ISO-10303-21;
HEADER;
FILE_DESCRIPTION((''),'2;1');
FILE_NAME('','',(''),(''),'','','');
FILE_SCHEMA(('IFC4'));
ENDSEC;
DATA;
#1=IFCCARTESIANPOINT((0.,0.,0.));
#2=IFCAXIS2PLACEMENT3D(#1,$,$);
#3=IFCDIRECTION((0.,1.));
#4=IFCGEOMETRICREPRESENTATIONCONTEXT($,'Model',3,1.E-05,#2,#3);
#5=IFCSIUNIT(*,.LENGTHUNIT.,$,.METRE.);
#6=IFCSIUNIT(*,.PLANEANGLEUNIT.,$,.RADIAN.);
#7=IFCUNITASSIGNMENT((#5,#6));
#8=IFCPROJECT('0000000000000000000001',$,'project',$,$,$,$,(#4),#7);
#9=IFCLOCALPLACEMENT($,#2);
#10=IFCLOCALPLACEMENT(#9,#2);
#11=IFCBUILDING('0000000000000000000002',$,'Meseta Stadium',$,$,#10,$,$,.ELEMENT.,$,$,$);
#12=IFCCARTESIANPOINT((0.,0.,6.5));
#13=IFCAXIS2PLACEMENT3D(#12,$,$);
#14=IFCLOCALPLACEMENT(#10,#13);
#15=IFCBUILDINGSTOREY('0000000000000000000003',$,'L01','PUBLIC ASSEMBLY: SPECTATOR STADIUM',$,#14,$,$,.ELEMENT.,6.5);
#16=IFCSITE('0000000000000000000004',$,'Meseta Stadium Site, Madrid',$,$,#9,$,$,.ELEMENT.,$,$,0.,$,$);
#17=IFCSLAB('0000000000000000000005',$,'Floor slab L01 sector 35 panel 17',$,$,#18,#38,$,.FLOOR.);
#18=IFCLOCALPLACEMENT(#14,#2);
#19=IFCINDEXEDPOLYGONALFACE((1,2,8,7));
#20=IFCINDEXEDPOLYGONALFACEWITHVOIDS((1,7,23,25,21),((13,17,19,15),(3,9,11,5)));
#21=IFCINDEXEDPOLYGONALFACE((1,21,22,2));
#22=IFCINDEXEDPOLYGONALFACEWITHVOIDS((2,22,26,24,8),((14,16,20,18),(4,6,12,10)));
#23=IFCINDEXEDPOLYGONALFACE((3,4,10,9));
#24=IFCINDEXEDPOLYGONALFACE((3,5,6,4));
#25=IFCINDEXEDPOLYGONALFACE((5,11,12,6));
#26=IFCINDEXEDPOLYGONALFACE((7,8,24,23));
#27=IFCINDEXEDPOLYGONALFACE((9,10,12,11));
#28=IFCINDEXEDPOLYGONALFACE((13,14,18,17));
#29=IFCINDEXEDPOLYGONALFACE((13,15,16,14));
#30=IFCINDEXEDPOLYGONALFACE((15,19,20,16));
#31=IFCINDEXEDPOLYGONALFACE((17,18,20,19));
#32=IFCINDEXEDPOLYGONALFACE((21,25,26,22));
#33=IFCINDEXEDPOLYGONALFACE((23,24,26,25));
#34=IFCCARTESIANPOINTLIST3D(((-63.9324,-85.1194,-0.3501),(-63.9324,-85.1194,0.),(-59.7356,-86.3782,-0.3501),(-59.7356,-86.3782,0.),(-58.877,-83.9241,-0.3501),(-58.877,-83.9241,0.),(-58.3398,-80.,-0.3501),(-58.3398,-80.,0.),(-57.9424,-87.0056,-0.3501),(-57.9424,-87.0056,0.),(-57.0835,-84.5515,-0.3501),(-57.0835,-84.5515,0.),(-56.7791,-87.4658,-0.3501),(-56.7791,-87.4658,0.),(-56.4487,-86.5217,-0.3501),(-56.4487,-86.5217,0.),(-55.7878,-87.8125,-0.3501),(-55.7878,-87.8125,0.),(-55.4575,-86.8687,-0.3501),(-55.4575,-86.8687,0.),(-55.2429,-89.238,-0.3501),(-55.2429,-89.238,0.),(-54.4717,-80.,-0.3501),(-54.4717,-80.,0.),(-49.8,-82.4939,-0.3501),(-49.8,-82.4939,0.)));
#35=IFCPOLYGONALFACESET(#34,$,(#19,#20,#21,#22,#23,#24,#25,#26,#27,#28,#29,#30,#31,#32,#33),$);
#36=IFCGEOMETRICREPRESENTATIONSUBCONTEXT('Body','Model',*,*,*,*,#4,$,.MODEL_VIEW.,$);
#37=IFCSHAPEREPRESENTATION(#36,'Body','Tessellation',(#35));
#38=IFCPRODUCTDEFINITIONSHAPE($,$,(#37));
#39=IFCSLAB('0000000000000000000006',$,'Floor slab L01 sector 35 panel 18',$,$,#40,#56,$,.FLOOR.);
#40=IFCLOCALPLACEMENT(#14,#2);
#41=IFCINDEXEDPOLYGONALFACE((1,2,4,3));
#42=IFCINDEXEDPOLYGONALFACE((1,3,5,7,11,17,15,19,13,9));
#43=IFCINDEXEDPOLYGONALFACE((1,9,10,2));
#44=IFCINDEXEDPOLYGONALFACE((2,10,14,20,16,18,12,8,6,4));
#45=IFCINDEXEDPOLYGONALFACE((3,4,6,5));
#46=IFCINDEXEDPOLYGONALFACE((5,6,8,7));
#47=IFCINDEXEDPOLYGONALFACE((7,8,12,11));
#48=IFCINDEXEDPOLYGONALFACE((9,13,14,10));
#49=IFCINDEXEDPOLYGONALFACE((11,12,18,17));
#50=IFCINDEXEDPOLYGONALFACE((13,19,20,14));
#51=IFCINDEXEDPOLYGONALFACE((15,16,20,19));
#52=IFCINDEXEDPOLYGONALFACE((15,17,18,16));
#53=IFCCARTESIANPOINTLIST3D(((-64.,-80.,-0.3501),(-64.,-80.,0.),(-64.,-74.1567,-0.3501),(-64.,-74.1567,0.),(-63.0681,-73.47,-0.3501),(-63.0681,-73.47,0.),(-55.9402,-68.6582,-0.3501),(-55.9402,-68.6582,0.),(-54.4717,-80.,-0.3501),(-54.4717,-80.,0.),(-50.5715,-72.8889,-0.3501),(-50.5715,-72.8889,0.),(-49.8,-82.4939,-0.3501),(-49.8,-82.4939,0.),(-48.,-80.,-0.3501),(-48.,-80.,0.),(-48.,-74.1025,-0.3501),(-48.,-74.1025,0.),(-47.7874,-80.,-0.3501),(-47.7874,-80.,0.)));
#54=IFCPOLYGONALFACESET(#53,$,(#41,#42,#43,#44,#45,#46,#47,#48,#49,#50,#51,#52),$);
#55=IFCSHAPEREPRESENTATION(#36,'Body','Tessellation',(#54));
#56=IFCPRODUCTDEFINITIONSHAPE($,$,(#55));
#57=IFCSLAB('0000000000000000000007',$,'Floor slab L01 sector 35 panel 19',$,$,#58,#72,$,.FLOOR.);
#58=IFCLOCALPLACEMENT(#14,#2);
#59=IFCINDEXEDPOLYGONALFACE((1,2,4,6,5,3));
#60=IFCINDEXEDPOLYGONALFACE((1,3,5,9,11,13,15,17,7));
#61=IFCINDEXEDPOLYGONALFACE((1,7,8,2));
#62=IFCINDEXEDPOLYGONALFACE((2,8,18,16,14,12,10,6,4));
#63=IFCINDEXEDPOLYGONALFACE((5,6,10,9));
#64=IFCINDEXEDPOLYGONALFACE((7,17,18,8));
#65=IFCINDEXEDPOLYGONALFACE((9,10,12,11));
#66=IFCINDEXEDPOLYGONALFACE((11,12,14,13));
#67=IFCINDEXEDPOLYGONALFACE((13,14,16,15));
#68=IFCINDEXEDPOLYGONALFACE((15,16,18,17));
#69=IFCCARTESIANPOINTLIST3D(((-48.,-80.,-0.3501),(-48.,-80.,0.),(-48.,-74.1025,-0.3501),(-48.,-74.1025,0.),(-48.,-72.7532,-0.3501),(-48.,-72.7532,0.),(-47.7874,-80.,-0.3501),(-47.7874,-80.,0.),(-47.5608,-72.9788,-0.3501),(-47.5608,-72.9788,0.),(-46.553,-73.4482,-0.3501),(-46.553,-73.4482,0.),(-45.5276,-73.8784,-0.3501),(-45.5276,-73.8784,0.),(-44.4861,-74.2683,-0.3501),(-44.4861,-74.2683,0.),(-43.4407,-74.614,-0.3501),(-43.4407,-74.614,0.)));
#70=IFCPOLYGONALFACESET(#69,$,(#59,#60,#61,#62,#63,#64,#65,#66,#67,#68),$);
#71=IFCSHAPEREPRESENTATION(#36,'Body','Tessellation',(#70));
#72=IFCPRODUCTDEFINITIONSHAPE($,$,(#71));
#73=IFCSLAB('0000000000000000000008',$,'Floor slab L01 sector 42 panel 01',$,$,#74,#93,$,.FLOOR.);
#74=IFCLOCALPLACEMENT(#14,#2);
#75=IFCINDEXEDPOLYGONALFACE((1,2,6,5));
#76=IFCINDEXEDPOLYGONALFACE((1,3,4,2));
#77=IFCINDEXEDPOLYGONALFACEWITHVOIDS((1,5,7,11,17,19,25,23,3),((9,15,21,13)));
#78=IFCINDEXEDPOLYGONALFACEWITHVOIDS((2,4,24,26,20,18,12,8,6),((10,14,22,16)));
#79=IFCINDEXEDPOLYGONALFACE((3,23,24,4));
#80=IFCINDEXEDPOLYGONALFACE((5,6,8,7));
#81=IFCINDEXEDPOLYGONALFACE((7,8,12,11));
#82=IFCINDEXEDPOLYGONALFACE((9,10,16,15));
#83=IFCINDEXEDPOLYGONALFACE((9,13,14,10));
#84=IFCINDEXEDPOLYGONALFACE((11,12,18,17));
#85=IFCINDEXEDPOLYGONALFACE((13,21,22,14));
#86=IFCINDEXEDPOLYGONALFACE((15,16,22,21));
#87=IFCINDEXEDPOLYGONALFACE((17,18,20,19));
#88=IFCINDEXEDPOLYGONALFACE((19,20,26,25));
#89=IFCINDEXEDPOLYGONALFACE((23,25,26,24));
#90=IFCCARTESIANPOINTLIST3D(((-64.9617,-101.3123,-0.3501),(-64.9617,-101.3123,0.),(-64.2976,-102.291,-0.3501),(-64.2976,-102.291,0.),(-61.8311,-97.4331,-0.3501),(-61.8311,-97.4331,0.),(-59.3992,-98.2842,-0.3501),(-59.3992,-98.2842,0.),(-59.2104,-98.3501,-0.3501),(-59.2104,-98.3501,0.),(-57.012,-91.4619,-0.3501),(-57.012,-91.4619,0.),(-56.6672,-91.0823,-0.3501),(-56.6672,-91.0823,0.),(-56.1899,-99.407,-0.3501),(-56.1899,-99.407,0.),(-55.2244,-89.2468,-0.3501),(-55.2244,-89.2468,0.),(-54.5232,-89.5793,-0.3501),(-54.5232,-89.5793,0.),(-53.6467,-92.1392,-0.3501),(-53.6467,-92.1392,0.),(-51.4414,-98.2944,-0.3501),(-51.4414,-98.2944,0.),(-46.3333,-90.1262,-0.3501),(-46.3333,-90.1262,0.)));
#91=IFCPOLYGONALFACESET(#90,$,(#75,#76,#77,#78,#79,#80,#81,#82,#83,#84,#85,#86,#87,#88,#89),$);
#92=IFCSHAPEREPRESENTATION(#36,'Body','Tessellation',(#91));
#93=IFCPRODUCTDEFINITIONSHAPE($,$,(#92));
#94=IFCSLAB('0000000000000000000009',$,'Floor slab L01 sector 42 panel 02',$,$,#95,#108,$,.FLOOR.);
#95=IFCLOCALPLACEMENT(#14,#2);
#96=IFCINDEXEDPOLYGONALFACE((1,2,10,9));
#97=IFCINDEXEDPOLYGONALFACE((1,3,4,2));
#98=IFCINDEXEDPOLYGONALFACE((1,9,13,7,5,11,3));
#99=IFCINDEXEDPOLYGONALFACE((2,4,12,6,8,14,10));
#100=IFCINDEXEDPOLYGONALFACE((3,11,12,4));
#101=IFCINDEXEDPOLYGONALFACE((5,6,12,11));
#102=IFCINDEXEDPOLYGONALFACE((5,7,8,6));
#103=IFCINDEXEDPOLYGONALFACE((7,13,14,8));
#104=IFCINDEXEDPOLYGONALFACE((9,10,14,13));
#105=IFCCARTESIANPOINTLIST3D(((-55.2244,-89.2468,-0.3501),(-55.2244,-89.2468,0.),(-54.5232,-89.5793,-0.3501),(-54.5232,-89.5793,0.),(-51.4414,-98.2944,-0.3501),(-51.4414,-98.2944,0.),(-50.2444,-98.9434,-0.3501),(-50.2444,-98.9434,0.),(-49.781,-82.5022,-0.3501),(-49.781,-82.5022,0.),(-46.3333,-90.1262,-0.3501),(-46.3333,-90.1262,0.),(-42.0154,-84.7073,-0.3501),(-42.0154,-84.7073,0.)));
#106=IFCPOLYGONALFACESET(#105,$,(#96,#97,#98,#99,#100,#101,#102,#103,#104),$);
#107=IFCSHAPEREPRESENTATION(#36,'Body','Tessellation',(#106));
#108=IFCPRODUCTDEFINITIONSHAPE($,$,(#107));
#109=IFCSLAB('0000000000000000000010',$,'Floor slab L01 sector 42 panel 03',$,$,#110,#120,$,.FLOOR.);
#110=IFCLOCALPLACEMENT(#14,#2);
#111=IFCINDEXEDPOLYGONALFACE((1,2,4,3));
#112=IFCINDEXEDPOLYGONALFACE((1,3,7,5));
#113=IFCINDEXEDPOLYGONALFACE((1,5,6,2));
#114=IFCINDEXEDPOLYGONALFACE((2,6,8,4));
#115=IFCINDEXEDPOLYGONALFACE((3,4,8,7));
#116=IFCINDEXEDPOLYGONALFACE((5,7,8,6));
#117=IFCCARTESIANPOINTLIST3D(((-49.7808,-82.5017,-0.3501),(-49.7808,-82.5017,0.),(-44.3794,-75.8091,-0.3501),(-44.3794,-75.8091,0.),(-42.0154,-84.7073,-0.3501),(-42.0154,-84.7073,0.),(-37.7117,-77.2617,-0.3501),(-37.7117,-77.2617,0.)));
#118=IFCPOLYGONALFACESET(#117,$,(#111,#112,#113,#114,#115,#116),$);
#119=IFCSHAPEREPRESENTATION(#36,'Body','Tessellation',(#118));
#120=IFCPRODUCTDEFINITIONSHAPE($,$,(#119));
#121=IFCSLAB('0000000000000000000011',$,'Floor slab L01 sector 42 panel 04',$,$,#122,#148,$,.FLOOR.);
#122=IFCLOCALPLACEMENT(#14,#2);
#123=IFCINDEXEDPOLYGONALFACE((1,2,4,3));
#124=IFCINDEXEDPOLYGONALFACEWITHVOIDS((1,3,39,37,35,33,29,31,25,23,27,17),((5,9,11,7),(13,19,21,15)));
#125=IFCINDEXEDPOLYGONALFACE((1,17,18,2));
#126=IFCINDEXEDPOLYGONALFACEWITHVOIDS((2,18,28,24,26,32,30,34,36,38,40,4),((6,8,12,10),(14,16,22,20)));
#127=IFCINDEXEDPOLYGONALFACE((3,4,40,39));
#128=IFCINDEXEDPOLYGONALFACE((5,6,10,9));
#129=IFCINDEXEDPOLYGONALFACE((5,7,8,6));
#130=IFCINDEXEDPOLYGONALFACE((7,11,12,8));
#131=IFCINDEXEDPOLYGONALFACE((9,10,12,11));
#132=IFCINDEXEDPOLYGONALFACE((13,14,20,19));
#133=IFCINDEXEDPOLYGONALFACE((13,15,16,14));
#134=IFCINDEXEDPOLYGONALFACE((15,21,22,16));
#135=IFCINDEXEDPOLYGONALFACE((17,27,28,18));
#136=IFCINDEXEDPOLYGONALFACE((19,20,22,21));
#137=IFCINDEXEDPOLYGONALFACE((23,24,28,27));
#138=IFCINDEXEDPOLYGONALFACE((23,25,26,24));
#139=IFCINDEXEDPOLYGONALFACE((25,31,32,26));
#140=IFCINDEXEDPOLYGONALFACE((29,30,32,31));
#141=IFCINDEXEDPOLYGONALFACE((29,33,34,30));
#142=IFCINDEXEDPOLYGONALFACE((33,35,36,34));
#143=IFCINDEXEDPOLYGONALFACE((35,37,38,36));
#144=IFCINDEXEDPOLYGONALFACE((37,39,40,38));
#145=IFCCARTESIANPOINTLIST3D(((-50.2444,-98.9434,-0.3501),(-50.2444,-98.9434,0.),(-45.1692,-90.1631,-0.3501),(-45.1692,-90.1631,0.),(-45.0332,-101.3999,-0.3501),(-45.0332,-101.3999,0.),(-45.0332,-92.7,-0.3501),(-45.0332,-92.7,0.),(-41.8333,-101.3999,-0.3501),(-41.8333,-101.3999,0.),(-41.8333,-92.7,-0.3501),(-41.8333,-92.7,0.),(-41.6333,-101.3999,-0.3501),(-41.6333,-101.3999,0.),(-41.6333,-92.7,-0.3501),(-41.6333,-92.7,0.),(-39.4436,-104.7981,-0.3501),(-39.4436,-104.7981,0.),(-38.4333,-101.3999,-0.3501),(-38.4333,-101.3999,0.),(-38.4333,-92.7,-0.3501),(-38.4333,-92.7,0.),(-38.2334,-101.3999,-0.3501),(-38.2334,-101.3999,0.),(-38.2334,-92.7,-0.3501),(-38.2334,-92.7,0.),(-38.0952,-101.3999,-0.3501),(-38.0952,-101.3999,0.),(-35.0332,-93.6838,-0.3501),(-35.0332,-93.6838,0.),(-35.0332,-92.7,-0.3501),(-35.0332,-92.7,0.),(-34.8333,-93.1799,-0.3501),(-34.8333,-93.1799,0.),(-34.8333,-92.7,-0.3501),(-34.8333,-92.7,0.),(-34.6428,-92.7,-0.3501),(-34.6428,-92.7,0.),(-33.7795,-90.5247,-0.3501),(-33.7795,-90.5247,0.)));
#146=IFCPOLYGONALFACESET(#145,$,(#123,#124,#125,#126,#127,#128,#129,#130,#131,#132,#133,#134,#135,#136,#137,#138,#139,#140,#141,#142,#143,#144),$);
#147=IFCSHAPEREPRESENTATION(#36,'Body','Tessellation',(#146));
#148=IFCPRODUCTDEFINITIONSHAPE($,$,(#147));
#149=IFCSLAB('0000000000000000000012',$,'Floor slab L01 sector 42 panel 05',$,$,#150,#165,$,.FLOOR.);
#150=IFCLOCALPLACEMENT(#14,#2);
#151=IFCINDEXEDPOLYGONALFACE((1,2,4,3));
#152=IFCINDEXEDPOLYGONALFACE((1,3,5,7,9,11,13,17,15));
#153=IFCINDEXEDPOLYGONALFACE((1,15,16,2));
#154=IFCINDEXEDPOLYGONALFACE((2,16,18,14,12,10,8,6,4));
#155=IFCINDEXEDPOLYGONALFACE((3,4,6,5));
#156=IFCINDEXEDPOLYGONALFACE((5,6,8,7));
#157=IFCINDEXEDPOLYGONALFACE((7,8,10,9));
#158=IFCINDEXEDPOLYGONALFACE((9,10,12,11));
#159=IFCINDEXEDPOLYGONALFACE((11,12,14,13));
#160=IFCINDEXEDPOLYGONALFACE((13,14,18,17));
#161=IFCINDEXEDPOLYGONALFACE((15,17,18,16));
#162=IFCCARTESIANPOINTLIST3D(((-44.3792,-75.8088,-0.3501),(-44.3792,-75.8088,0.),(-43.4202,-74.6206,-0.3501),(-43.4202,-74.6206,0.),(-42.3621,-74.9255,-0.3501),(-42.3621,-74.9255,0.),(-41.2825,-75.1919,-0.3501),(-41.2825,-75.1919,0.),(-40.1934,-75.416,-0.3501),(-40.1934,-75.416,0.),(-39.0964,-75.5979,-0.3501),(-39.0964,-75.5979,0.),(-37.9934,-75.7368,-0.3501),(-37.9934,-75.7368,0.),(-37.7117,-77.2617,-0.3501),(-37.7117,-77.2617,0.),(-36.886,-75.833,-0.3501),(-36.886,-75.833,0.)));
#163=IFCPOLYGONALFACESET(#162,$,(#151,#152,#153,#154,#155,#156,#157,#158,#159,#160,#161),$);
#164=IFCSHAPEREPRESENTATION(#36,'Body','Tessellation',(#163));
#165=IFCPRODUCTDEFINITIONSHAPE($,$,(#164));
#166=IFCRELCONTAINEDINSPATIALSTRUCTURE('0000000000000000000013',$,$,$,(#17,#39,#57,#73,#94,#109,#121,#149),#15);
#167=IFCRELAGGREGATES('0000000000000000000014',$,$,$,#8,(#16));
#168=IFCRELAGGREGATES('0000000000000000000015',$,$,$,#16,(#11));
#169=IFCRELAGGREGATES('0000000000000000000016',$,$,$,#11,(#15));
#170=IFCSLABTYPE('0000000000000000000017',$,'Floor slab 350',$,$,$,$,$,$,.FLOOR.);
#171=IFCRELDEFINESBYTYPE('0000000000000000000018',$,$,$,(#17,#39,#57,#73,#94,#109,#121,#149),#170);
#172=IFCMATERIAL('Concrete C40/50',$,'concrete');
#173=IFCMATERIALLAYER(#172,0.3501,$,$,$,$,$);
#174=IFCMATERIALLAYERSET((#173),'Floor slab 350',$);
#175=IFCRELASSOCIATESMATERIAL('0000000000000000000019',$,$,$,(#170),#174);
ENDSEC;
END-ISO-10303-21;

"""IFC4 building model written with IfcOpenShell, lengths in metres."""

from ifc_helpers import new_model, si_unit, direction, frame, origin, place, context, subcontext, project, spatial, polyline, outline, extrude, material, layer, layer_set, type_object, element, save


model = new_model("IFC4")

# Units and contexts
model_context = context("Model", 3, precision=1e-05, world=origin(), true_north=direction((0.0, 1.0)))
body_context = subcontext(model_context, "Body", "Model", "MODEL_VIEW")
ifc_project = project(units=[si_unit("LENGTHUNIT", "METRE"), si_unit("PLANEANGLEUNIT", "RADIAN")], contexts=[model_context])

# Site, building, storey
site_placement = place(None, origin())
site = spatial("IfcSite", under=ifc_project, at=site_placement, Name="Meseta Stadium Site, Madrid", CompositionType="ELEMENT", RefElevation=0.0)
building_placement = place(site_placement, origin())
building = spatial("IfcBuilding", under=site, at=building_placement, Name="Meseta Stadium", CompositionType="ELEMENT")
storey_placement = place(building_placement, frame((0.0, 0.0, 6.5)))
storey = spatial("IfcBuildingStorey", under=building, at=storey_placement, Name="L01", Description="PUBLIC ASSEMBLY: SPECTATOR STADIUM", CompositionType="ELEMENT", Elevation=6.5)

# Slabs
ifc_material = material(Name="Concrete C40/50", Category="concrete")
ifc_layer = layer(ifc_material, 0.3501)
ifc_layer_set = layer_set([ifc_layer], Name="Floor slab 350")
slab_type = type_object("IfcSlabType", Name="Floor slab 350", PredefinedType="FLOOR", material=ifc_layer_set)
slab_1_placement = place(storey_placement, frame((0.0, 0.0, -0.3501)))
element("IfcSlab", 1, at=slab_1_placement, inside=storey, type_object=slab_type, Name="Floor slab L01 sector 35 panel 17", PredefinedType="FLOOR", context=body_context, shape_type="SweptSolid", body=[
    extrude(outline(polyline([(-63.9324, -85.1194), (-55.2429, -89.238), (-49.8, -82.4939), (-54.4717, -80.0), (-58.3398, -80.0), (-63.9324, -85.1194)]), holes=[polyline([(-58.877, -83.9241), (-57.0835, -84.5515), (-57.9424, -87.0056), (-59.7356, -86.3782), (-58.877, -83.9241)]), polyline([(-56.4487, -86.5217), (-55.4575, -86.8687), (-55.7878, -87.8125), (-56.7791, -87.4658), (-56.4487, -86.5217)])]), origin(), (0.0, 0.0, 1.0), 0.3501),
])
slab_2_placement = place(storey_placement, frame((0.0, 0.0, -0.3501)))
element("IfcSlab", 2, at=slab_2_placement, inside=storey, type_object=slab_type, Name="Floor slab L01 sector 35 panel 18", PredefinedType="FLOOR", context=body_context, shape_type="SweptSolid", body=[
    extrude(outline(polyline([(-49.8, -82.4939), (-47.7874, -80.0), (-48.0, -80.0), (-48.0, -74.1025), (-50.5715, -72.8889), (-55.9402, -68.6582), (-63.0681, -73.47), (-64.0, -74.1567), (-64.0, -80.0), (-54.4717, -80.0), (-49.8, -82.4939)])), origin(), (0.0, 0.0, 1.0), 0.3501),
])
slab_3_placement = place(storey_placement, frame((0.0, 0.0, -0.3501)))
element("IfcSlab", 3, at=slab_3_placement, inside=storey, type_object=slab_type, Name="Floor slab L01 sector 35 panel 19", PredefinedType="FLOOR", context=body_context, shape_type="SweptSolid", body=[
    extrude(outline(polyline([(-48.0, -74.1025), (-48.0, -80.0), (-47.7874, -80.0), (-43.4407, -74.614), (-44.4861, -74.2683), (-45.5276, -73.8784), (-46.553, -73.4482), (-47.5608, -72.9788), (-48.0, -72.7532), (-48.0, -74.1025)])), origin(), (0.0, 0.0, 1.0), 0.3501),
])
slab_4_placement = place(storey_placement, frame((0.0, 0.0, -0.3501)))
element("IfcSlab", 4, at=slab_4_placement, inside=storey, type_object=slab_type, Name="Floor slab L01 sector 42 panel 01", PredefinedType="FLOOR", context=body_context, shape_type="SweptSolid", body=[
    extrude(outline(polyline([(-59.3992, -98.2842), (-61.8311, -97.4331), (-64.9617, -101.3123), (-64.2976, -102.291), (-51.4414, -98.2944), (-46.3333, -90.1262), (-54.5232, -89.5793), (-55.2244, -89.2468), (-57.012, -91.4619), (-59.3992, -98.2842)]), holes=[polyline([(-56.6672, -91.0823), (-53.6467, -92.1392), (-56.1899, -99.407), (-59.2104, -98.3501), (-56.6672, -91.0823)])]), origin(), (0.0, 0.0, 1.0), 0.3501),
])
slab_5_placement = place(storey_placement, frame((0.0, 0.0, -0.3501)))
element("IfcSlab", 5, at=slab_5_placement, inside=storey, type_object=slab_type, Name="Floor slab L01 sector 42 panel 02", PredefinedType="FLOOR", context=body_context, shape_type="SweptSolid", body=[
    extrude(outline(polyline([(-55.2244, -89.2468), (-54.5232, -89.5793), (-46.3333, -90.1262), (-51.4414, -98.2944), (-50.2444, -98.9434), (-42.0154, -84.7073), (-49.781, -82.5022), (-55.2244, -89.2468)])), origin(), (0.0, 0.0, 1.0), 0.3501),
])
slab_6_placement = place(storey_placement, frame((0.0, 0.0, -0.3501)))
element("IfcSlab", 6, at=slab_6_placement, inside=storey, type_object=slab_type, Name="Floor slab L01 sector 42 panel 03", PredefinedType="FLOOR", context=body_context, shape_type="SweptSolid", body=[
    extrude(outline(polyline([(-37.7117, -77.2617), (-44.3794, -75.8091), (-49.7808, -82.5017), (-42.0154, -84.7073), (-37.7117, -77.2617)])), origin(), (0.0, 0.0, 1.0), 0.3501),
])
slab_7_placement = place(storey_placement, frame((0.0, 0.0, -0.3501)))
element("IfcSlab", 7, at=slab_7_placement, inside=storey, type_object=slab_type, Name="Floor slab L01 sector 42 panel 04", PredefinedType="FLOOR", context=body_context, shape_type="SweptSolid", body=[
    extrude(outline(polyline([(-45.1692, -90.1631), (-50.2444, -98.9434), (-39.4436, -104.7981), (-38.0952, -101.3999), (-38.2334, -101.3999), (-38.2334, -92.7), (-35.0332, -92.7), (-35.0332, -93.6838), (-34.8333, -93.1799), (-34.8333, -92.7), (-34.6428, -92.7), (-33.7795, -90.5247), (-45.1692, -90.1631)]), holes=[polyline([(-45.0332, -92.7), (-41.8333, -92.7), (-41.8333, -101.3999), (-45.0332, -101.3999), (-45.0332, -92.7)]), polyline([(-41.6333, -92.7), (-38.4333, -92.7), (-38.4333, -101.3999), (-41.6333, -101.3999), (-41.6333, -92.7)])]), origin(), (0.0, 0.0, 1.0), 0.3501),
])
slab_8_placement = place(storey_placement, frame((0.0, 0.0, -0.3501)))
element("IfcSlab", 8, at=slab_8_placement, inside=storey, type_object=slab_type, Name="Floor slab L01 sector 42 panel 05", PredefinedType="FLOOR", context=body_context, shape_type="SweptSolid", body=[
    extrude(outline(polyline([(-42.3621, -74.9255), (-43.4202, -74.6206), (-44.3792, -75.8088), (-37.7117, -77.2617), (-36.886, -75.833), (-37.9934, -75.7368), (-39.0964, -75.5979), (-40.1934, -75.416), (-41.2825, -75.1919), (-42.3621, -74.9255)])), origin(), (0.0, 0.0, 1.0), 0.3501),
])

save(model, "model.ifc")
